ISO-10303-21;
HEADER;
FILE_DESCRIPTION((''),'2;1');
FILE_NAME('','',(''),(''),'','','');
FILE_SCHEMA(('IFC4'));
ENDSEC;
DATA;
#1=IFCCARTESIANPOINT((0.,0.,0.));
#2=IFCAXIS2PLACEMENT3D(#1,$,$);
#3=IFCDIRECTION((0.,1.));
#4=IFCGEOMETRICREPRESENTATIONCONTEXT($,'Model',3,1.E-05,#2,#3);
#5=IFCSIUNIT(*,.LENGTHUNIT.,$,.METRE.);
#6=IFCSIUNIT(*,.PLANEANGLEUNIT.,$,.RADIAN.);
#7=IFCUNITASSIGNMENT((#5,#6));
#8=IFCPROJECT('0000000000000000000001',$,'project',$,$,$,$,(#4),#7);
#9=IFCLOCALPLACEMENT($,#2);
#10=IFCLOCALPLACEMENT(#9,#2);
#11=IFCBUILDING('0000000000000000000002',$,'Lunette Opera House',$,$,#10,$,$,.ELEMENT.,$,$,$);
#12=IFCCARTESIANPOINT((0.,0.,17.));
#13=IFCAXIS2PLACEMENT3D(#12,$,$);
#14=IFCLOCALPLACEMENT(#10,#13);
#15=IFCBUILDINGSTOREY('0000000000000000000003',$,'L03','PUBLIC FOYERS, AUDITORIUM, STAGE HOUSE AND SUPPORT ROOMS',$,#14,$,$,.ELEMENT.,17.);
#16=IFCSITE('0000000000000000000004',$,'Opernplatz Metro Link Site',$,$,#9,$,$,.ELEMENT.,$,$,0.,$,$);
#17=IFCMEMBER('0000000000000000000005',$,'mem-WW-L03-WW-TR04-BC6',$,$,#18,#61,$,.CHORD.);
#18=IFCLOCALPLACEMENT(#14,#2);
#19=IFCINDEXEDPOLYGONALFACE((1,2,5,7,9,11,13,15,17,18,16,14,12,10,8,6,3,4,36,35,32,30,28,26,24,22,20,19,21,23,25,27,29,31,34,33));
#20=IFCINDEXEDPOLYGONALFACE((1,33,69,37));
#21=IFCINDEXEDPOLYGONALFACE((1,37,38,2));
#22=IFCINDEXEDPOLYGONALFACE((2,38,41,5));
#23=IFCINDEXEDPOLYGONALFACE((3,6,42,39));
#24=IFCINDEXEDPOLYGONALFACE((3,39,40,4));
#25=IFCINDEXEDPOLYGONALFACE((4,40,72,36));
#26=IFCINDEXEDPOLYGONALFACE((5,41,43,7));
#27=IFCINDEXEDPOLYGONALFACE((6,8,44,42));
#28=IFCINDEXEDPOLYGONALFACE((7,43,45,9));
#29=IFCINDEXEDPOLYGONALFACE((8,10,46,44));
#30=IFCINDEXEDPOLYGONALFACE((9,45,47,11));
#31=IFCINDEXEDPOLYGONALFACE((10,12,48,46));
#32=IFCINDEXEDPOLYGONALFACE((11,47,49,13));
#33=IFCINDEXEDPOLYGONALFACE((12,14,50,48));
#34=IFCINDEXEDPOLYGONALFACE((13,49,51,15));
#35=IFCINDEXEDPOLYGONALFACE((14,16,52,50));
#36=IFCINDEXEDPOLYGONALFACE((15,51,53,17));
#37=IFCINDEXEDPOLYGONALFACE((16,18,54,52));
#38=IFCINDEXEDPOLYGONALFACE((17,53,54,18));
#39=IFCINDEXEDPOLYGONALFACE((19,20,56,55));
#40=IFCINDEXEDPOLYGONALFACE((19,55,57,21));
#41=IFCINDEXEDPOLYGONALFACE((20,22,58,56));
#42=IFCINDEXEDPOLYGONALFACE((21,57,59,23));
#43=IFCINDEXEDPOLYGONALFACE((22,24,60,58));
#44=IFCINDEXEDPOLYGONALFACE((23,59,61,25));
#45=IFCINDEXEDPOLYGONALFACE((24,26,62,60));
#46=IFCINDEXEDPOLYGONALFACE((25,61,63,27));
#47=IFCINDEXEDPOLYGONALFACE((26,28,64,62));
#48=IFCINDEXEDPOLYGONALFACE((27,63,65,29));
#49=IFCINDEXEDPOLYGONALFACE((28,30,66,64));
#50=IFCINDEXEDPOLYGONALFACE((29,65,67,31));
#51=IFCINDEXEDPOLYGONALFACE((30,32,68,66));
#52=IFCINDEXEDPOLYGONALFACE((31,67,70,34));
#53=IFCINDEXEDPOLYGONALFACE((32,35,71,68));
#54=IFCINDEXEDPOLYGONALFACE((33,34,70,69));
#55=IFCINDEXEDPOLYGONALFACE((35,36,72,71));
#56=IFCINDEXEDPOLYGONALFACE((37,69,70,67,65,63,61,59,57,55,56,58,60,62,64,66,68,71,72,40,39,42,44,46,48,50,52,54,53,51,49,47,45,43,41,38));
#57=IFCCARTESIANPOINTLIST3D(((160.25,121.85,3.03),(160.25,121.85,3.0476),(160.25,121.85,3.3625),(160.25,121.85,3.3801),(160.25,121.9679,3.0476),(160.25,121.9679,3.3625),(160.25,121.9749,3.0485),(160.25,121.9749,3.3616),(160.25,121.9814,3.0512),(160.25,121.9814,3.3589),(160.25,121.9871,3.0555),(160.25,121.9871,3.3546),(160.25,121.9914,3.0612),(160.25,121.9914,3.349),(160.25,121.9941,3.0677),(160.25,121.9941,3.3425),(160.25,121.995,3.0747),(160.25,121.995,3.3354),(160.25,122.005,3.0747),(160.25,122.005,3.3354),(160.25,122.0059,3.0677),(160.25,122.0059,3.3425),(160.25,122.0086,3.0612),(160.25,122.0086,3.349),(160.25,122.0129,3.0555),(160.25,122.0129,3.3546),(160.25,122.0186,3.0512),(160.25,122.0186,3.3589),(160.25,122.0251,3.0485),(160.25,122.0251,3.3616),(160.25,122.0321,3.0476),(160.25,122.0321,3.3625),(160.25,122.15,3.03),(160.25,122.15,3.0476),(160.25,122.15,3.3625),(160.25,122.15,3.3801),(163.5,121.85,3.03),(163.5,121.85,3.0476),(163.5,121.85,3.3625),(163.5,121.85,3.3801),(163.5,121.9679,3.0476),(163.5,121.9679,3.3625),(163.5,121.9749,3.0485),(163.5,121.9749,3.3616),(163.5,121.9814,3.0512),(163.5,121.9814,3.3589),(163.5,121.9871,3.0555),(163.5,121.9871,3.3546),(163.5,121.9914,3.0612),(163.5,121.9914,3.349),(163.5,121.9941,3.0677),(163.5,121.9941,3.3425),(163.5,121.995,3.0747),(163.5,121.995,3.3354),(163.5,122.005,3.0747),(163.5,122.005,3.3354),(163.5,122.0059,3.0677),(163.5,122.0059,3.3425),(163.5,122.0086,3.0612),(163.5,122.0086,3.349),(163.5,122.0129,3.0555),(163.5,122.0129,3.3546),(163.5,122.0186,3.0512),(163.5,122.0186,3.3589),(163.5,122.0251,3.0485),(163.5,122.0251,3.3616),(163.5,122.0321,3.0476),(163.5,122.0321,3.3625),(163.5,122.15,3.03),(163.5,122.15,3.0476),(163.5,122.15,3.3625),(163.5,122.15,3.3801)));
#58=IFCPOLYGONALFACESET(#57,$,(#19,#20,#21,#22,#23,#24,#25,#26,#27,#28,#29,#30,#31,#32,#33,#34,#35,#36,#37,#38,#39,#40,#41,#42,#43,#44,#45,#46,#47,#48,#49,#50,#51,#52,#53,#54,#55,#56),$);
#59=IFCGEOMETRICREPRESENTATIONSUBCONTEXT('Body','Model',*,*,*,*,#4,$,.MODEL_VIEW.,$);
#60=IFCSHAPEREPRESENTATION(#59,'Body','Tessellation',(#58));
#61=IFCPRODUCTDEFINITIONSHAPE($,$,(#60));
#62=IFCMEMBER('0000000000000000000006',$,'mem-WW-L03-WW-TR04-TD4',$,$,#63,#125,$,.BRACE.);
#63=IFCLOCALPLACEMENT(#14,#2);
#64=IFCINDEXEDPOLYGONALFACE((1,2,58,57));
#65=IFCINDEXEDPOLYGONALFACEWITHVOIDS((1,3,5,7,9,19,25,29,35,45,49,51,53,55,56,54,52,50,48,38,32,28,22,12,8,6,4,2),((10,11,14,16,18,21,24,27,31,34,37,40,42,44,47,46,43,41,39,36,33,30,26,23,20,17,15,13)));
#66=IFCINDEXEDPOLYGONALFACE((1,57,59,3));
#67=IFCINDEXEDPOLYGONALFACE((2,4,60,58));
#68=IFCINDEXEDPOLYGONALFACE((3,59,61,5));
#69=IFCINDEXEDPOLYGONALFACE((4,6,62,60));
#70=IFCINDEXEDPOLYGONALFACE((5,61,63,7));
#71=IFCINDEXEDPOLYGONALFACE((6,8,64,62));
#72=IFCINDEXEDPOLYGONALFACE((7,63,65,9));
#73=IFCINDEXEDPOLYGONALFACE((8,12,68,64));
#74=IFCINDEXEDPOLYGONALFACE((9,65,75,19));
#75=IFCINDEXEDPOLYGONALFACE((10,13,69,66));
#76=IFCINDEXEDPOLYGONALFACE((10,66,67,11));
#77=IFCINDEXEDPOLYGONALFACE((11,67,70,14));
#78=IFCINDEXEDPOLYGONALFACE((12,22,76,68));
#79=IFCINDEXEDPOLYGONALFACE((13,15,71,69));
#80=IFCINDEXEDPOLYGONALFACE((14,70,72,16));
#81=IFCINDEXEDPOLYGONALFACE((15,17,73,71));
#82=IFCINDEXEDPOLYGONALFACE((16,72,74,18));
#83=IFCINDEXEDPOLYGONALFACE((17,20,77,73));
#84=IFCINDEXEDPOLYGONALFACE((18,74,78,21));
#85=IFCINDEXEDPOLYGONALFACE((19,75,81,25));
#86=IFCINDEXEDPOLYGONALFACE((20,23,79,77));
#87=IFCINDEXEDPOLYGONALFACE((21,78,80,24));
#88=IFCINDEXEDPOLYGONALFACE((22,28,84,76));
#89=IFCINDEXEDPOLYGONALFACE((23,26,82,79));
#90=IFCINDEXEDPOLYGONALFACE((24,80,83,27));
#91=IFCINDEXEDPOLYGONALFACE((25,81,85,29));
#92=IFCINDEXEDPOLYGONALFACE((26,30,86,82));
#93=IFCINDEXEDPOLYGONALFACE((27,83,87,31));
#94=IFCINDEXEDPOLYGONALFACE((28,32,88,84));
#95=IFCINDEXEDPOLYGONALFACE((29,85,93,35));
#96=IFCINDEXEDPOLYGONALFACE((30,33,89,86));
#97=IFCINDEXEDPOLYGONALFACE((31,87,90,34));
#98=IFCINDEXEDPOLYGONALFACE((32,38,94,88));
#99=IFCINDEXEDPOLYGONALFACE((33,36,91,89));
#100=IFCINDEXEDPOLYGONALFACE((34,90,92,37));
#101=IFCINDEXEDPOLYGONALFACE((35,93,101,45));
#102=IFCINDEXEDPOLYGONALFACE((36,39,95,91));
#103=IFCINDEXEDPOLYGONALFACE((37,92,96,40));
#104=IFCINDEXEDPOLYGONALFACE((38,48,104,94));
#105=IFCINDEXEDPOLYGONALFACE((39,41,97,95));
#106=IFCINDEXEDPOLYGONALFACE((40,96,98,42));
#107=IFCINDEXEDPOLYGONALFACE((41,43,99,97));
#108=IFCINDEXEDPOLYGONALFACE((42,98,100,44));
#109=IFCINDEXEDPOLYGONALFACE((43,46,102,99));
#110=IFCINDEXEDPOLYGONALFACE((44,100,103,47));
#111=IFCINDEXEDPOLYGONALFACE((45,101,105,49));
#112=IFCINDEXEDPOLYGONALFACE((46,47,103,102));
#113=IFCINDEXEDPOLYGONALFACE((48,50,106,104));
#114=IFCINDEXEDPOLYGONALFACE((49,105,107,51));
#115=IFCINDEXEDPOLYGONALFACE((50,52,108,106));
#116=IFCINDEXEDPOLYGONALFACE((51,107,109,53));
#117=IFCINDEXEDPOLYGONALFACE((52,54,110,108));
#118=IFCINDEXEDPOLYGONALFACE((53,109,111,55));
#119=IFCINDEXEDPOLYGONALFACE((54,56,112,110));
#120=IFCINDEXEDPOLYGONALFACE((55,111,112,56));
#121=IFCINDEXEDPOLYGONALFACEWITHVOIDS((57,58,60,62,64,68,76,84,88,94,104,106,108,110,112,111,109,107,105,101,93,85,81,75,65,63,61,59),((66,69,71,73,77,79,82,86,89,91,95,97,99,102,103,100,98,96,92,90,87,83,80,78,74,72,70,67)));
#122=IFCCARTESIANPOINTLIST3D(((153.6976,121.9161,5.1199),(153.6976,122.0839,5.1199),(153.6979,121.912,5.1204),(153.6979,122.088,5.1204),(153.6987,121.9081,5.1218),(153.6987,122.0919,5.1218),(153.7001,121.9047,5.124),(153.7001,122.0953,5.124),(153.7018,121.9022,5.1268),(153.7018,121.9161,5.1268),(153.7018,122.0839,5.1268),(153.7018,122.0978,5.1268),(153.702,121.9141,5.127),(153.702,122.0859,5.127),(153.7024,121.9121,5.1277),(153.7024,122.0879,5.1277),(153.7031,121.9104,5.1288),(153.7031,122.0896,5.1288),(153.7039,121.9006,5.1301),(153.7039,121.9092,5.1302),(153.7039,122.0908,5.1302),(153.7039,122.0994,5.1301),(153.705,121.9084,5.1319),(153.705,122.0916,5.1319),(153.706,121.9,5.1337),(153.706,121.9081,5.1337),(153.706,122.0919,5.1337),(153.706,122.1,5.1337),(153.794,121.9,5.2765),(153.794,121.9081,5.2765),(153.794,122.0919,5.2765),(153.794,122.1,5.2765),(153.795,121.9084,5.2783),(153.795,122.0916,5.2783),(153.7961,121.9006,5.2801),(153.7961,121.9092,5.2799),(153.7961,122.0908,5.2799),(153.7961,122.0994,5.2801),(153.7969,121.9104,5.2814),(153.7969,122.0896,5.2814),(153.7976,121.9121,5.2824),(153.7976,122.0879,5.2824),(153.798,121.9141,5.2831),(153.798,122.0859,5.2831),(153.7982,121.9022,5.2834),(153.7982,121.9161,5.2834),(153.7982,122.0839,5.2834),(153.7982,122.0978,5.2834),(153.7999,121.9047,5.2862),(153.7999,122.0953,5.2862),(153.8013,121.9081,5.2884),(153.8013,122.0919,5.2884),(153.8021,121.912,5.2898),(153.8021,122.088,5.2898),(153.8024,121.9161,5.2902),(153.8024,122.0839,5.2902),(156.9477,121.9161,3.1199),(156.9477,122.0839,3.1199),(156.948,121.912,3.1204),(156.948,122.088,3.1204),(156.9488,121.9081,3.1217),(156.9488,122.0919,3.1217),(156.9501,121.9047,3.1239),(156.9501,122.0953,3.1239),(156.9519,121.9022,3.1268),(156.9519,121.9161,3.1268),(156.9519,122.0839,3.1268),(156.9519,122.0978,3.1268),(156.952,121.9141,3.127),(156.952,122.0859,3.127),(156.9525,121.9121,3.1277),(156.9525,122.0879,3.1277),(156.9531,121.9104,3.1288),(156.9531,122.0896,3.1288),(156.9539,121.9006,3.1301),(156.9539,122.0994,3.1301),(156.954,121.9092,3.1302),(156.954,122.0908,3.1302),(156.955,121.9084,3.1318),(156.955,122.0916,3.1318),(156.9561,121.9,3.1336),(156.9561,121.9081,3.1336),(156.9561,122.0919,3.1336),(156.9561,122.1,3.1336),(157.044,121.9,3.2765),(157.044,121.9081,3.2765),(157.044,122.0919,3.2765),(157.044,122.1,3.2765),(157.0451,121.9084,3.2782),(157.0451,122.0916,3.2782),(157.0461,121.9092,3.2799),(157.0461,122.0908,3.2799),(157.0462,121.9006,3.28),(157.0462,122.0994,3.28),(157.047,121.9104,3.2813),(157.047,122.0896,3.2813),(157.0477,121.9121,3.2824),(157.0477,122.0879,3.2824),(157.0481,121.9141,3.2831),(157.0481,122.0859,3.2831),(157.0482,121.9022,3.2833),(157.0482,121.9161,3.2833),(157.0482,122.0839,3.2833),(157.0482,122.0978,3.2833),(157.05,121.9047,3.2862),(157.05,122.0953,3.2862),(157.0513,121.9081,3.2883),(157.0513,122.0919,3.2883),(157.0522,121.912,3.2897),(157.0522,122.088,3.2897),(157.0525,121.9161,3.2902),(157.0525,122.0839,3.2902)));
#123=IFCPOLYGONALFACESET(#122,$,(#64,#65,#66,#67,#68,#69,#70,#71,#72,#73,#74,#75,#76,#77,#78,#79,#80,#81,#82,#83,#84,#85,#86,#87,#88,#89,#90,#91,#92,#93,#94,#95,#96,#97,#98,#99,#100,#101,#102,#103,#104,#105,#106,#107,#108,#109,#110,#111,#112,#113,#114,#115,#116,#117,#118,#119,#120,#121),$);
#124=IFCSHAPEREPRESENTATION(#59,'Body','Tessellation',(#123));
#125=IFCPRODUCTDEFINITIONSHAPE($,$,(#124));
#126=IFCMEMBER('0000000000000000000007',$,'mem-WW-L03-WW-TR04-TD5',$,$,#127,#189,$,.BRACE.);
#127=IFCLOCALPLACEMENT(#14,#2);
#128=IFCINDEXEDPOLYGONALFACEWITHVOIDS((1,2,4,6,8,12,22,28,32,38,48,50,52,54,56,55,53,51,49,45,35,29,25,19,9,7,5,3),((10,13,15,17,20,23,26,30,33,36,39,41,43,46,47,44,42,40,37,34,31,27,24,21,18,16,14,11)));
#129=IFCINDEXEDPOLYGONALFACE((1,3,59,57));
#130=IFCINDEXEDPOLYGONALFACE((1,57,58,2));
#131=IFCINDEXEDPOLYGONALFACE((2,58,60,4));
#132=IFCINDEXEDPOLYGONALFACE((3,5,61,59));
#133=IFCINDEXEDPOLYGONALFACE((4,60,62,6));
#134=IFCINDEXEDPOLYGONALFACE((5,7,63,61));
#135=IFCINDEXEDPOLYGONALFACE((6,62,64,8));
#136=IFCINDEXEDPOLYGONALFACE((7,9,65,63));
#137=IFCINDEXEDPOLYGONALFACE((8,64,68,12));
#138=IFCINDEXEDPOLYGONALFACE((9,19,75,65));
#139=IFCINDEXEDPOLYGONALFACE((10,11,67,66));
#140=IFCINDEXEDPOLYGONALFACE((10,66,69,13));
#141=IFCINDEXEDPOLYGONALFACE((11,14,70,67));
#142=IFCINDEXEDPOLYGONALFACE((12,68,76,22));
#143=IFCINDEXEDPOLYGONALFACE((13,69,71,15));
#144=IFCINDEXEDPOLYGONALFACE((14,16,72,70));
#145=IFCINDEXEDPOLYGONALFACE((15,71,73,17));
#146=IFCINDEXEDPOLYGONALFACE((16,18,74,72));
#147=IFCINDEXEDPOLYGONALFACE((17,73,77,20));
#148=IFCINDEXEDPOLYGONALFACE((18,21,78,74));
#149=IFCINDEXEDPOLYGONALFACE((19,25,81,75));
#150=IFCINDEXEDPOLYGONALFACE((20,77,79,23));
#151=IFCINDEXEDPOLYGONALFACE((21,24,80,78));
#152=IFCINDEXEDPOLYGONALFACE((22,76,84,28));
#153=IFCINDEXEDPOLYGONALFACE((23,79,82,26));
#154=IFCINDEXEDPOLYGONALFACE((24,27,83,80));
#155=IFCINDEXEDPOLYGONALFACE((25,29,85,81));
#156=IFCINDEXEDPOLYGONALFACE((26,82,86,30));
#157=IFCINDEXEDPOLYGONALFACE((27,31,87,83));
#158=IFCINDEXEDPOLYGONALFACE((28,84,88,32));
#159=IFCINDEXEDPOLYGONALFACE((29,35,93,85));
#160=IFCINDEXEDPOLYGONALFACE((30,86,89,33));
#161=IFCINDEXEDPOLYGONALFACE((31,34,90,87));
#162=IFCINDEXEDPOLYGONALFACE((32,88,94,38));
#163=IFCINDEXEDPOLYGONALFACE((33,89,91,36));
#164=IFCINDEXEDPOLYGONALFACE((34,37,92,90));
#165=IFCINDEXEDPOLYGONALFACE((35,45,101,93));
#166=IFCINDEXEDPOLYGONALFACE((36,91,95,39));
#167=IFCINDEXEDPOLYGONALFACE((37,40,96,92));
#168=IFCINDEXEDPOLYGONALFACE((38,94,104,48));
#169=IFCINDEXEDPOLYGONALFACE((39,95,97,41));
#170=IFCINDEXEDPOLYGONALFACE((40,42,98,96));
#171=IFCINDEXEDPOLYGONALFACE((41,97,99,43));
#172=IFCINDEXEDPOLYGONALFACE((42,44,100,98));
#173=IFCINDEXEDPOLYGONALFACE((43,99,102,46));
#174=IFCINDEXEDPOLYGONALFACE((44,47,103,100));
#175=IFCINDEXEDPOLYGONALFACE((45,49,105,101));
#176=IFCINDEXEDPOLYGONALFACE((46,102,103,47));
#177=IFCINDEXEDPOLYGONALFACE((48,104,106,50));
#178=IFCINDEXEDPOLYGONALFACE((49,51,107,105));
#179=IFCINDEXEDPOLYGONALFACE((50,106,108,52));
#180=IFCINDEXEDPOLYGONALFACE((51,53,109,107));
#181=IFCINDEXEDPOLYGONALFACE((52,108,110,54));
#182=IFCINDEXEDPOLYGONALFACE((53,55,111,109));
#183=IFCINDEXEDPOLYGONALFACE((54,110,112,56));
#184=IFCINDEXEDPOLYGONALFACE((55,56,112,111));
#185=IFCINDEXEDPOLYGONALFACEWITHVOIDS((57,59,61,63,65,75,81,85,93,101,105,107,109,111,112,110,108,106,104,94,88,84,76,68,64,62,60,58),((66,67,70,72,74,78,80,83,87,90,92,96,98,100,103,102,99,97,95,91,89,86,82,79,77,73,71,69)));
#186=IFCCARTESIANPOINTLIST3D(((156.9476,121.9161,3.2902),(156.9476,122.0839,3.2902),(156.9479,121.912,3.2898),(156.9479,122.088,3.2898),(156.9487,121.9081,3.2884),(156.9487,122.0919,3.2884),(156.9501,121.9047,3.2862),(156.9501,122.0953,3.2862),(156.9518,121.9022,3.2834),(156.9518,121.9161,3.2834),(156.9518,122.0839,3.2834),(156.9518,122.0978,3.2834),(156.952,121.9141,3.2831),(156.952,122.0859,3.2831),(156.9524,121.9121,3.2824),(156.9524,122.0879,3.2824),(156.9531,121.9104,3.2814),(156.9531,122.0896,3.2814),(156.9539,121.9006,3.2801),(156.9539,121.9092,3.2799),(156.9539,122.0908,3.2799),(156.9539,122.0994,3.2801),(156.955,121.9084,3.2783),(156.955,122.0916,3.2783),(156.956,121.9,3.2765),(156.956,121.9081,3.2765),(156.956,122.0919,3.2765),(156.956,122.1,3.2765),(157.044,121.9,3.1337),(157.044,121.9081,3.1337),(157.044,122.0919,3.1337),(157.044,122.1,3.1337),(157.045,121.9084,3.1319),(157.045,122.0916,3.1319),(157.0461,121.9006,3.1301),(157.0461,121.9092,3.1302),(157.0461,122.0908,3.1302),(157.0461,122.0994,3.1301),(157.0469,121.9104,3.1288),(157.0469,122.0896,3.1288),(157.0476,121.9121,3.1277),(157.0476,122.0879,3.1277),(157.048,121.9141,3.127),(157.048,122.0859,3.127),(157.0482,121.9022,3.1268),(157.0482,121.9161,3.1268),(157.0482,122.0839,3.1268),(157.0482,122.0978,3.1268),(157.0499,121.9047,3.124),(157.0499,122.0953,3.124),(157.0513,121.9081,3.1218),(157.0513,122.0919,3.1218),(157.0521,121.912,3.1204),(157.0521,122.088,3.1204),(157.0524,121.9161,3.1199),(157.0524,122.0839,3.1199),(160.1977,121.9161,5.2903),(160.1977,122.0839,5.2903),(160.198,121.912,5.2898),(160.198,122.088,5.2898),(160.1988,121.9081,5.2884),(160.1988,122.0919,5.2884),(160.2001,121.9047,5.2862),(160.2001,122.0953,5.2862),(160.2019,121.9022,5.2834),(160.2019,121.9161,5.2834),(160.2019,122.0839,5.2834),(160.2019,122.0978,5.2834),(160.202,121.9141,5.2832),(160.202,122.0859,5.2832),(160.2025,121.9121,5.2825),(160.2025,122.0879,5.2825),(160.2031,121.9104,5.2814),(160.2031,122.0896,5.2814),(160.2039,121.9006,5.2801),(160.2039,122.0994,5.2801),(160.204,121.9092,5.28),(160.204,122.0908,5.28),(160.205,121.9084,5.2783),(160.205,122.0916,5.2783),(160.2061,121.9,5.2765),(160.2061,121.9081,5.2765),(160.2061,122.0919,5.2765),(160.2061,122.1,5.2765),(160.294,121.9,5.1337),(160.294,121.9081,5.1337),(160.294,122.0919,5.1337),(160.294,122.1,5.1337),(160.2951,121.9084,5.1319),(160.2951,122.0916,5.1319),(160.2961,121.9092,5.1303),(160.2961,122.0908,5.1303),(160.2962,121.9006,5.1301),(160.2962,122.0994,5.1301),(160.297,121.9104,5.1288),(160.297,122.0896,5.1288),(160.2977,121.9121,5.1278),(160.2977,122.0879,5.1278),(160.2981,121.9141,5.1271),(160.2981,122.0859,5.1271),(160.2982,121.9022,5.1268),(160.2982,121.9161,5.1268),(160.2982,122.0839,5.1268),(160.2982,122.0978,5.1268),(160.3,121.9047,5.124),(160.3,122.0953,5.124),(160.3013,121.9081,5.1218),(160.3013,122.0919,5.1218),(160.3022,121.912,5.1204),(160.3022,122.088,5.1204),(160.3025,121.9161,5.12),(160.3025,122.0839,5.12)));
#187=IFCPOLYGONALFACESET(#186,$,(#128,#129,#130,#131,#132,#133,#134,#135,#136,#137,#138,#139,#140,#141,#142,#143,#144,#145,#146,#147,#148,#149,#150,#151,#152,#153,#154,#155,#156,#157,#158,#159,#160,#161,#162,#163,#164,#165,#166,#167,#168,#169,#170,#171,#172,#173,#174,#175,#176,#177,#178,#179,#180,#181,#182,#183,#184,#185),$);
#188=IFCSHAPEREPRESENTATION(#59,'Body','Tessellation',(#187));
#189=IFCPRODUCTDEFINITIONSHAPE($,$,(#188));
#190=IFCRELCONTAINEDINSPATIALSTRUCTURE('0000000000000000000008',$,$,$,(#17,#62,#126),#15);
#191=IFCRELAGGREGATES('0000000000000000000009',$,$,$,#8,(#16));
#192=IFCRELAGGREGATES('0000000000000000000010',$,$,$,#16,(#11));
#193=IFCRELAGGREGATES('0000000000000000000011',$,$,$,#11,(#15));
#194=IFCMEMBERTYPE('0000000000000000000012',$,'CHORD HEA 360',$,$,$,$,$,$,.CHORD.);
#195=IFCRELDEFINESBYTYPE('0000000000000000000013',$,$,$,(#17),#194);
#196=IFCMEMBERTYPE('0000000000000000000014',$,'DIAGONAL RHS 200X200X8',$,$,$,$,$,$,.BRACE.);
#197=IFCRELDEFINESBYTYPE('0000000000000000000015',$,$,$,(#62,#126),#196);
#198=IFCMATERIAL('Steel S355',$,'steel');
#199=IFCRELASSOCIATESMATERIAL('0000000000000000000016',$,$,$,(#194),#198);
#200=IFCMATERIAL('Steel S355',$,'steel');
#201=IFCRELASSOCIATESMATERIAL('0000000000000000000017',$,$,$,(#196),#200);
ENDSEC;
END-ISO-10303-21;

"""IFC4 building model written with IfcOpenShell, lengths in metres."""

from ifc_helpers import new_model, si_unit, direction, frame, origin, origin_2d, place, context, subcontext, project, spatial, hollow_rectangle, i_section, extrude, material, material_profile, profile_set, type_object, element, save


model = new_model("IFC4")

# Units and contexts
model_context = context("Model", 3, precision=1e-05, world=origin(), true_north=direction((0.0, 1.0)))
body_context = subcontext(model_context, "Body", "Model", "MODEL_VIEW")
ifc_project = project(units=[si_unit("LENGTHUNIT", "METRE"), si_unit("PLANEANGLEUNIT", "RADIAN")], contexts=[model_context])

# Site, building, storey
site_placement = place(None, origin())
site = spatial("IfcSite", under=ifc_project, at=site_placement, Name="Opernplatz Metro Link Site", CompositionType="ELEMENT", RefElevation=0.0)
building_placement = place(site_placement, origin())
building = spatial("IfcBuilding", under=site, at=building_placement, Name="Lunette Opera House", CompositionType="ELEMENT")
storey_placement = place(building_placement, frame((0.0, 0.0, 17.0)))
storey = spatial("IfcBuildingStorey", under=building, at=storey_placement, Name="L03", Description="PUBLIC FOYERS, AUDITORIUM, STAGE HOUSE AND SUPPORT ROOMS", CompositionType="ELEMENT", Elevation=17.0)

# Members
ifc_material_1 = material(Name="Steel S355", Category="steel")
ifc_material_profile_1 = material_profile(ifc_material_1, i_section(OverallWidth=0.3, OverallDepth=0.3501, WebThickness=0.01, FlangeThickness=0.0176, FilletRadius=0.0271, at=origin_2d()), Name="HEA 360")
ifc_profile_set_1 = profile_set([ifc_material_profile_1], Name="Steel S355")
member_type_1 = type_object("IfcMemberType", Name="CHORD HEA 360", PredefinedType="CHORD", material=ifc_profile_set_1)
for number, where, z_axis, x_axis, name in (
    (1, (160.25, 122.0, 3.2051), (1.0, 0.0, 0.0), (0.0, 1.0, 0.0), "mem-WW-L03-WW-TR04-BC6"),
):
    element("IfcMember", number, at=place(storey_placement, frame(where, z_axis=z_axis, x_axis=x_axis)), inside=storey, type_object=member_type_1, Name=name, PredefinedType="CHORD", context=body_context, shape_type="SweptSolid", body=[
        extrude(i_section(OverallWidth=0.3, OverallDepth=0.3501, WebThickness=0.01, FlangeThickness=0.0176, FilletRadius=0.0271, at=origin_2d()), origin(), (0.0, 0.0, 1.0), 3.25),
    ])
ifc_material_2 = material(Name="Steel S355", Category="steel")
ifc_material_profile_2 = material_profile(ifc_material_2, hollow_rectangle(XDim=0.2, YDim=0.2, WallThickness=0.0081, InnerFilletRadius=0.0081, OuterFilletRadius=0.0161, at=origin_2d()), Name="RHS 200X200X8")
ifc_profile_set_2 = profile_set([ifc_material_profile_2], Name="Steel S355")
member_type_2 = type_object("IfcMemberType", Name="DIAGONAL RHS 200X200X8", PredefinedType="BRACE", material=ifc_profile_set_2)
for number, where, z_axis, x_axis, name in (
    (2, (153.75, 122.0, 5.2051), (0.851658, 0.0, -0.524097), (0.0, 1.0, 0.0), "mem-WW-L03-WW-TR04-TD4"),
    (3, (157.0, 122.0, 3.2051), (0.851658, 0.0, 0.524097), (0.0, 1.0, 0.0), "mem-WW-L03-WW-TR04-TD5"),
):
    element("IfcMember", number, at=place(storey_placement, frame(where, z_axis=z_axis, x_axis=x_axis)), inside=storey, type_object=member_type_2, Name=name, PredefinedType="BRACE", context=body_context, shape_type="SweptSolid", body=[
        extrude(hollow_rectangle(XDim=0.2, YDim=0.2, WallThickness=0.0081, InnerFilletRadius=0.0081, OuterFilletRadius=0.0161, at=origin_2d()), origin(), (0.0, 0.0, 1.0), 3.8162),
    ])

save(model, "model.ifc")
